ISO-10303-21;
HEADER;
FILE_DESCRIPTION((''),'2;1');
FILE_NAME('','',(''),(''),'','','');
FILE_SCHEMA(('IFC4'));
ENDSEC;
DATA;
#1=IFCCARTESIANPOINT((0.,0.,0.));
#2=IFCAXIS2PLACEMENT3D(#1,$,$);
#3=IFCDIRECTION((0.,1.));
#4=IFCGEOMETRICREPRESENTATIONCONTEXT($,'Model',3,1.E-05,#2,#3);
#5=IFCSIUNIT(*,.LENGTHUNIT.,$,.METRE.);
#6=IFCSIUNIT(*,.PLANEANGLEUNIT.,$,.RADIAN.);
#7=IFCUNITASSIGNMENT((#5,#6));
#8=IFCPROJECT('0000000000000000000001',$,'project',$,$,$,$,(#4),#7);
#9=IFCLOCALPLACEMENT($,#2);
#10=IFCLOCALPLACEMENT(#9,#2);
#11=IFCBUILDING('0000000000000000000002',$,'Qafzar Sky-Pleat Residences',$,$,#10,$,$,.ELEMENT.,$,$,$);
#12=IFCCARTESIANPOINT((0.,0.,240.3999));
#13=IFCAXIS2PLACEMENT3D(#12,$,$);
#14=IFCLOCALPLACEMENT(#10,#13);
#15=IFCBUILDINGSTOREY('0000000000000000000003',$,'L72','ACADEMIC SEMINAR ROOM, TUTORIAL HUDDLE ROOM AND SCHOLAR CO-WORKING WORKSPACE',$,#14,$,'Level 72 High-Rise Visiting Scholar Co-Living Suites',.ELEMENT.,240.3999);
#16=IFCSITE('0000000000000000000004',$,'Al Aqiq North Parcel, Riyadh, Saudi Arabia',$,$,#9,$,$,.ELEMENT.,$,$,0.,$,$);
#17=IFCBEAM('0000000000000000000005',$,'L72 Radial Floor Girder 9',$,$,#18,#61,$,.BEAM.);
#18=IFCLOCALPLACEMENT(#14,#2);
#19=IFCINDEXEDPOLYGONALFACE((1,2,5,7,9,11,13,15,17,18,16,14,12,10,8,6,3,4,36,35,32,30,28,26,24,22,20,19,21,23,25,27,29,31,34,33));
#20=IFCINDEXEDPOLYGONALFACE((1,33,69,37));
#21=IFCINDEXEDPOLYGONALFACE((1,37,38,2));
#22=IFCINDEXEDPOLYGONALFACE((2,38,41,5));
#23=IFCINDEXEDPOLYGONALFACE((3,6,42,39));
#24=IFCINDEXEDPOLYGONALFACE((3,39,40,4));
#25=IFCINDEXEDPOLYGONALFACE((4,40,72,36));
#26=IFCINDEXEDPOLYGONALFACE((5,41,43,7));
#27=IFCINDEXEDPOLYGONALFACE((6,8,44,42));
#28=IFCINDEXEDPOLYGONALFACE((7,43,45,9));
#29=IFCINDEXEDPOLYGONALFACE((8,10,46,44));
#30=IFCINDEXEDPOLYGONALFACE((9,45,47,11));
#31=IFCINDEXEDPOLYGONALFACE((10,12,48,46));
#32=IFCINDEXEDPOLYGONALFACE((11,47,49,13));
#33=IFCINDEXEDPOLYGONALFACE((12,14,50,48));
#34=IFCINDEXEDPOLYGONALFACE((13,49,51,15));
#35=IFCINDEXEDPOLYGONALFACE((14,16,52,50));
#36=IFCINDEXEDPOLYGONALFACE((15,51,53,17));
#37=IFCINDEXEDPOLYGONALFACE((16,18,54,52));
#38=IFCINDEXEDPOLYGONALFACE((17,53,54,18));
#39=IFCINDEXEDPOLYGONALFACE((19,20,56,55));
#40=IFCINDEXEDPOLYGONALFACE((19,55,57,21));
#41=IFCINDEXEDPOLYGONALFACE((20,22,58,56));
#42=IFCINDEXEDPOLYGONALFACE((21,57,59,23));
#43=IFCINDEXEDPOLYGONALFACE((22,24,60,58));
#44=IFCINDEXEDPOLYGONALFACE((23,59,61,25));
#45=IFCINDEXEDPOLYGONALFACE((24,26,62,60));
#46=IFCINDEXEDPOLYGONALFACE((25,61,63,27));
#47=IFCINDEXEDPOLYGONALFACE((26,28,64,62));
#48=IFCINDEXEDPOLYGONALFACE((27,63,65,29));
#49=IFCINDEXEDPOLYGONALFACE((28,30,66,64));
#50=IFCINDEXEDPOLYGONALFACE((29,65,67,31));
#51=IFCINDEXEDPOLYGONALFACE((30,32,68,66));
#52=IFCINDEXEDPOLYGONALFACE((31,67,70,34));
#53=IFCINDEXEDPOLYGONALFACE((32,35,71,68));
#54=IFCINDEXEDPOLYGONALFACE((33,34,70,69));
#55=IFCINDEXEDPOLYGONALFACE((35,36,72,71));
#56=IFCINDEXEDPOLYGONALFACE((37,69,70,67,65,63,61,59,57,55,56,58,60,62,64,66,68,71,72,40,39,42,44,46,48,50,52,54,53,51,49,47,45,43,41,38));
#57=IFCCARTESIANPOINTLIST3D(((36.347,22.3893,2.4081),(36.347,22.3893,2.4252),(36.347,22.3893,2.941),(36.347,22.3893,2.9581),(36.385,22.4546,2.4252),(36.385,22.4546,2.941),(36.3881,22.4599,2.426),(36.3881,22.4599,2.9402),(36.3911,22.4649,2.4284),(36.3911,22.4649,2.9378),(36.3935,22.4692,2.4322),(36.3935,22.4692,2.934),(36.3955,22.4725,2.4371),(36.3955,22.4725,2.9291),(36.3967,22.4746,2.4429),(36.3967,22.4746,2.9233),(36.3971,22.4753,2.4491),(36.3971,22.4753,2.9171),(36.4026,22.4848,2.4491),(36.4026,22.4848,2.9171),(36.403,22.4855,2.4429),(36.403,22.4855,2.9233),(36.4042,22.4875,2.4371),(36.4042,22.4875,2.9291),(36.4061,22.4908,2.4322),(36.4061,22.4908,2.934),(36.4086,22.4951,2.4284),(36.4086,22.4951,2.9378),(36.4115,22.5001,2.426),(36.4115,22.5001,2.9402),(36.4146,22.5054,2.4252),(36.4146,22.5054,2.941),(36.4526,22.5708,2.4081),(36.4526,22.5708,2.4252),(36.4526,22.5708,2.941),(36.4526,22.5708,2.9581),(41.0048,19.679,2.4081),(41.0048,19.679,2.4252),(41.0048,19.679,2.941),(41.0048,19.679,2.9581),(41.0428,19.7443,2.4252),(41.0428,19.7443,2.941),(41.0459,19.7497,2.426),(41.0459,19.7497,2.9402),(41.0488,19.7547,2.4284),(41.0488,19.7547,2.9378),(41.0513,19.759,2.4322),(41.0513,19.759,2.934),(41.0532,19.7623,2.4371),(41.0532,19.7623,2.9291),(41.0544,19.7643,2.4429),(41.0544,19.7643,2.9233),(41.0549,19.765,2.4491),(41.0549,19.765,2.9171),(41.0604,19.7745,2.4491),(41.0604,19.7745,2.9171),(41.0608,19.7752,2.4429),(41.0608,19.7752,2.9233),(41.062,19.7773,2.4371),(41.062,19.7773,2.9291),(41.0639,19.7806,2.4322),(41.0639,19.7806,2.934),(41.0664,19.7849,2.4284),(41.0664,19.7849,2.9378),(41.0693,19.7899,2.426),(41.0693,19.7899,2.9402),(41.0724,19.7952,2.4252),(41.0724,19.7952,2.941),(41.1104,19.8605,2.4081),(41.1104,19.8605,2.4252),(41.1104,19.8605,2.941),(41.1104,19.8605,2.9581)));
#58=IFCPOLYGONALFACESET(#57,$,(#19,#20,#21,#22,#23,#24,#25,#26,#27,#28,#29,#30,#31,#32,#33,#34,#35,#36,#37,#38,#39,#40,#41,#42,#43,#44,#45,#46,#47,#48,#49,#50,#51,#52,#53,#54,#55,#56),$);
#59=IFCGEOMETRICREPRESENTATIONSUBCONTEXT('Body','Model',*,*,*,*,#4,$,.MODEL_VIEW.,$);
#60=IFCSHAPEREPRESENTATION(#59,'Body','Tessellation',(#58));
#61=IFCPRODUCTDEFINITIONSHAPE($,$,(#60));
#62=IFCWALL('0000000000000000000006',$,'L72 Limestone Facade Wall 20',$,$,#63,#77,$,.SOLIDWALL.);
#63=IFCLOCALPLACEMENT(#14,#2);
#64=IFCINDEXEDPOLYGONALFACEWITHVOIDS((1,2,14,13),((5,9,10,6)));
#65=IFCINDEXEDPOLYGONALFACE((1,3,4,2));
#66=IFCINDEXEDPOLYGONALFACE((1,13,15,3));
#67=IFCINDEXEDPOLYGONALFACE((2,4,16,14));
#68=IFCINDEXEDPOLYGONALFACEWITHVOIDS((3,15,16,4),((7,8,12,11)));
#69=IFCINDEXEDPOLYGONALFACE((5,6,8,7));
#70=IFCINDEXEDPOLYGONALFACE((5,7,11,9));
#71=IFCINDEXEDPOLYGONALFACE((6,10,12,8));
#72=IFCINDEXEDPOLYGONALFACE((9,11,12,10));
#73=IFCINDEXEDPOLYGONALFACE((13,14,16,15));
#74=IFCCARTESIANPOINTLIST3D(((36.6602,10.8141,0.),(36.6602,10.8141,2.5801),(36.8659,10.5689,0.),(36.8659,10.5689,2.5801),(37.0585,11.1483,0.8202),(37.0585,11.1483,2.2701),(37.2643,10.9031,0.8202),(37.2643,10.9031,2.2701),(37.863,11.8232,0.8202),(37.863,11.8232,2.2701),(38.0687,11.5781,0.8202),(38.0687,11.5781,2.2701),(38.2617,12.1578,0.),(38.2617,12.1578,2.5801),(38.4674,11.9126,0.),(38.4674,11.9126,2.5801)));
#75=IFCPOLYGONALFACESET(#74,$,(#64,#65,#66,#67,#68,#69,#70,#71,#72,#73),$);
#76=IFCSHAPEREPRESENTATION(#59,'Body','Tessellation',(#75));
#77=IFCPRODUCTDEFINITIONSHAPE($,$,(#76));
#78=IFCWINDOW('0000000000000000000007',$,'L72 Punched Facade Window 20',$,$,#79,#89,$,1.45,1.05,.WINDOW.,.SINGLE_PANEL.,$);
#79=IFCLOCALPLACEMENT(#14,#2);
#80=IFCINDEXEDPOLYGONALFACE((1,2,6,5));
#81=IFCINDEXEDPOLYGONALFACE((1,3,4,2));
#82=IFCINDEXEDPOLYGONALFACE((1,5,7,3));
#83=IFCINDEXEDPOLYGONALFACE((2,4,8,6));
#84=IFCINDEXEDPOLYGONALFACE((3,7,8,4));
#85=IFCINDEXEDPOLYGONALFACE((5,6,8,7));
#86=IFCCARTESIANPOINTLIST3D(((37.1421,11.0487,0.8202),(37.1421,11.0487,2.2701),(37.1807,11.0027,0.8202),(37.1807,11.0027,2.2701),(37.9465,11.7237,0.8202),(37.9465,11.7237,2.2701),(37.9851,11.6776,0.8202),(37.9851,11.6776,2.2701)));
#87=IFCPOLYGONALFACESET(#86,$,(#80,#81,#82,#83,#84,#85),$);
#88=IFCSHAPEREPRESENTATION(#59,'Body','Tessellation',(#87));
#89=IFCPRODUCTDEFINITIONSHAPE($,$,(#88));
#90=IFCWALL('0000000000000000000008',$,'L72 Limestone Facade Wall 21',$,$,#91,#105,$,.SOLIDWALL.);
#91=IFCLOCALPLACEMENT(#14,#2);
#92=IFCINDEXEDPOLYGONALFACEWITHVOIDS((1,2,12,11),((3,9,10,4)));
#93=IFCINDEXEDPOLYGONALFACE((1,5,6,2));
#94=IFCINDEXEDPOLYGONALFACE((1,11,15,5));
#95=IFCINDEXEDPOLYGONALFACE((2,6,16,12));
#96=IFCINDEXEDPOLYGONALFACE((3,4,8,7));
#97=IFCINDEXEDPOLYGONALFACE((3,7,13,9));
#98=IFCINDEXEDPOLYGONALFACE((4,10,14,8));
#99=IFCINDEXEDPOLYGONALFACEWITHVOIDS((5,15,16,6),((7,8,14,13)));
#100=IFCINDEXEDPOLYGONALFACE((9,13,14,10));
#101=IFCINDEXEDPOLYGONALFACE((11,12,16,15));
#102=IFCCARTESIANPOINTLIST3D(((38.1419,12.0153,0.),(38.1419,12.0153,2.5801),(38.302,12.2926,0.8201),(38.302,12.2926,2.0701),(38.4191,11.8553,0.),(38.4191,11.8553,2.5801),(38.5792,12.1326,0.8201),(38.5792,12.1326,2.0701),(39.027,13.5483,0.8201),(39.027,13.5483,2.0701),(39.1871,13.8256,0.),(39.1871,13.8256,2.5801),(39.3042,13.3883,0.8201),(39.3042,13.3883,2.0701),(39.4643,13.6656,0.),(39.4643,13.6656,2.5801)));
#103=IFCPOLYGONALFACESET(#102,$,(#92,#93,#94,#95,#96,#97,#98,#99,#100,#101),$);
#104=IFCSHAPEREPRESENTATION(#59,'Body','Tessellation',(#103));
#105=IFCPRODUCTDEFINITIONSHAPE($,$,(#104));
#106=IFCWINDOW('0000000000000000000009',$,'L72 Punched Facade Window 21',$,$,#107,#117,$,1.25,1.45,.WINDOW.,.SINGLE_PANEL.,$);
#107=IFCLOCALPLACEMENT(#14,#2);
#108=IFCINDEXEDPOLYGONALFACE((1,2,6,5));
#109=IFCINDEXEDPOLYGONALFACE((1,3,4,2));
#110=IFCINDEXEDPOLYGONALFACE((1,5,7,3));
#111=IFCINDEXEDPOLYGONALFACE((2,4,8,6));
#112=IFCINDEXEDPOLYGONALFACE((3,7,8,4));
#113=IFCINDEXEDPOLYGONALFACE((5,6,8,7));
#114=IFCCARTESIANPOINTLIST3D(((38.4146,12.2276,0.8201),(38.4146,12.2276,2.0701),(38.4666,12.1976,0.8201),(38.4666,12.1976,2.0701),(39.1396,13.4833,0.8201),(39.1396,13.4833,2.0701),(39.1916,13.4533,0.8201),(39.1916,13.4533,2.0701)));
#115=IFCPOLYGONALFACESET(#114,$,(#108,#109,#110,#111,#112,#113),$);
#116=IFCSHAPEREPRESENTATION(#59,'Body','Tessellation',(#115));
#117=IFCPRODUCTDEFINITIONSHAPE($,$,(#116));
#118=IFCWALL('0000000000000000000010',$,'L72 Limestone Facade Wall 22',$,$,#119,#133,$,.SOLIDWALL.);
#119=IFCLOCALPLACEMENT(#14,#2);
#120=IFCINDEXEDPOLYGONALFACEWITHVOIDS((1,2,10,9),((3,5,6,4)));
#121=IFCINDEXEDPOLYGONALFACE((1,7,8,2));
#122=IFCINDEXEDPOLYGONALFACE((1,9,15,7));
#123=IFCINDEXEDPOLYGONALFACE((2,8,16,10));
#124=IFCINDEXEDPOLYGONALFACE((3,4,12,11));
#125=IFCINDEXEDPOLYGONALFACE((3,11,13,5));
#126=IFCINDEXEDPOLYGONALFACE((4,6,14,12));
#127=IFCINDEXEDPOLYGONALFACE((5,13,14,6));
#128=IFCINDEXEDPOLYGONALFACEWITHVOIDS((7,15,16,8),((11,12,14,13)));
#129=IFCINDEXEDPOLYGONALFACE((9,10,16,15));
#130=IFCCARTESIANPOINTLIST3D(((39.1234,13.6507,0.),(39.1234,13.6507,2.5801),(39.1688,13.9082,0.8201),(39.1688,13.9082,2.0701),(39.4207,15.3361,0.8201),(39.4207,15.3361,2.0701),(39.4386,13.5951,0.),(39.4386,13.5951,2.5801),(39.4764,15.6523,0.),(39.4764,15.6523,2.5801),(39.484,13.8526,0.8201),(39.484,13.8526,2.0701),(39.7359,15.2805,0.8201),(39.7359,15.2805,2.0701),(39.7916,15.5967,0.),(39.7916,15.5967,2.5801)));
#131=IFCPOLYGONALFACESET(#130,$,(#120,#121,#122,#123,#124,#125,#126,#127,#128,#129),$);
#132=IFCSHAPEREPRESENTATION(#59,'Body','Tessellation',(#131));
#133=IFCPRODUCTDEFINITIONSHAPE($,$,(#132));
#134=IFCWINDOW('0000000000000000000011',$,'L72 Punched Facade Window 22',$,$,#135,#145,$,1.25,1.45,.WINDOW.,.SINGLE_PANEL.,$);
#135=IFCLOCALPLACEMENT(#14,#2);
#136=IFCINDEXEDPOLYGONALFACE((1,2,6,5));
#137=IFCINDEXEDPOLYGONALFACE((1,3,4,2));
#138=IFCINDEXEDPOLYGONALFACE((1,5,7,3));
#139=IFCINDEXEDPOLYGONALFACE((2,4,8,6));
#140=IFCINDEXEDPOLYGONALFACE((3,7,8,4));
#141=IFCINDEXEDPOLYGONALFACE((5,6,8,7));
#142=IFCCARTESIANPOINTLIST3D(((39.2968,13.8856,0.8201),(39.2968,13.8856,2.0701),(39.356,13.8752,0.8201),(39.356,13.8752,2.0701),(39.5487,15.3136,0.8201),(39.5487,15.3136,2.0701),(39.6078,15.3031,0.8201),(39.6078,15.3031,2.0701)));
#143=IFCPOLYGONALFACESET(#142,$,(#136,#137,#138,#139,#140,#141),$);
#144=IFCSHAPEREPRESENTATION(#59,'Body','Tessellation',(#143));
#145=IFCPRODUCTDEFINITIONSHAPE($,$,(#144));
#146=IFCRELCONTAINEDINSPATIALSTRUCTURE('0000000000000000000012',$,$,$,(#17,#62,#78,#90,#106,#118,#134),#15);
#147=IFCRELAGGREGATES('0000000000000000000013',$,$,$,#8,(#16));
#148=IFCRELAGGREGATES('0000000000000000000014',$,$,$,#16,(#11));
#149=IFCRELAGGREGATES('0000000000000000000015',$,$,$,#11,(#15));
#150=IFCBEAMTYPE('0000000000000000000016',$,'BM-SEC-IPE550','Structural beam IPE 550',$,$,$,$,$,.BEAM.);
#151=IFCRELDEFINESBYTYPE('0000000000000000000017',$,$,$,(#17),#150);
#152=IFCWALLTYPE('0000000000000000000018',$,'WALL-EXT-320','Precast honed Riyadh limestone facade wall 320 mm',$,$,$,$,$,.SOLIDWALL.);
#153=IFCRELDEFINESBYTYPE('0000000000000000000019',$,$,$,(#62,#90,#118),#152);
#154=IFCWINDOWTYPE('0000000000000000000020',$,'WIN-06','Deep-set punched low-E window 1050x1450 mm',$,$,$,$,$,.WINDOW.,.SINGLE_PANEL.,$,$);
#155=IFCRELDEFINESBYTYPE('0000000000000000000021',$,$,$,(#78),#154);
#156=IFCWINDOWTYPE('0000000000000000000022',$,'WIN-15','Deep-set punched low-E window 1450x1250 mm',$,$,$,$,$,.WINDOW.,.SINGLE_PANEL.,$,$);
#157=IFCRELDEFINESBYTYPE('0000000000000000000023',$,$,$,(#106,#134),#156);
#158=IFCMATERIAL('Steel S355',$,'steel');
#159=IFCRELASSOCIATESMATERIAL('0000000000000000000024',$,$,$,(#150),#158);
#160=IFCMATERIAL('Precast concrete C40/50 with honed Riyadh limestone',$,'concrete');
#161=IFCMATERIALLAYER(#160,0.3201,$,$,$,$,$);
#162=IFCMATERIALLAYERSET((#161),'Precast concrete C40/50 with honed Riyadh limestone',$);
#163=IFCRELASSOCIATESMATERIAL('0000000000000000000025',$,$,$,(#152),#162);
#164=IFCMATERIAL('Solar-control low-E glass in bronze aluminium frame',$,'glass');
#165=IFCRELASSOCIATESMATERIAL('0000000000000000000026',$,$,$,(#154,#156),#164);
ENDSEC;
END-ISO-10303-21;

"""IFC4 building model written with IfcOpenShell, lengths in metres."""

from ifc_helpers import new_model, si_unit, direction, frame, frame_2d, origin, origin_2d, place, context, subcontext, project, spatial, rectangle, i_section, extrude, source, transform, mapped, material, layer, layer_set, material_profile, profile_set, type_object, element, fill, save


model = new_model("IFC4")

# Units and contexts
model_context = context("Model", 3, precision=1e-05, world=origin(), true_north=direction((0.0, 1.0)))
body_context = subcontext(model_context, "Body", "Model", "MODEL_VIEW")
ifc_project = project(units=[si_unit("LENGTHUNIT", "METRE"), si_unit("PLANEANGLEUNIT", "RADIAN")], contexts=[model_context])

# Site, building, storey
site_placement = place(None, origin())
site = spatial("IfcSite", under=ifc_project, at=site_placement, Name="Al Aqiq North Parcel, Riyadh, Saudi Arabia", CompositionType="ELEMENT", RefElevation=0.0)
building_placement = place(site_placement, origin())
building = spatial("IfcBuilding", under=site, at=building_placement, Name="Qafzar Sky-Pleat Residences", CompositionType="ELEMENT")
storey_placement = place(building_placement, frame((0.0, 0.0, 240.3999)))
storey = spatial("IfcBuildingStorey", under=building, at=storey_placement, Name="L72", Description="ACADEMIC SEMINAR ROOM, TUTORIAL HUDDLE ROOM AND SCHOLAR CO-WORKING WORKSPACE", LongName="Level 72 High-Rise Visiting Scholar Co-Living Suites", CompositionType="ELEMENT", Elevation=240.3999)

# Shared definitions
ifc_material_1 = material(Name="Steel S355", Category="steel")

# Beam
ifc_material_profile_1 = material_profile(ifc_material_1, i_section(OverallWidth=0.21, OverallDepth=0.55, WebThickness=0.011, FlangeThickness=0.0171, FilletRadius=0.0239, at=origin_2d()), Name="IPE 550")
ifc_profile_set_1 = profile_set([ifc_material_profile_1], Name="Steel S355")
beam_type_1 = type_object("IfcBeamType", Name="BM-SEC-IPE550", Description="Structural beam IPE 550", PredefinedType="BEAM", material=ifc_profile_set_1)
shared_shape_1 = source(origin(), body_context, "Body", "SweptSolid", [
    extrude(i_section(OverallWidth=0.21, OverallDepth=0.55, WebThickness=0.011, FlangeThickness=0.0171, FilletRadius=0.0239, at=origin_2d()), origin(), (0.0, 0.0, 1.0), 5.3889),
])
beam_1_placement = place(storey_placement, frame((41.0576, 19.7698, 2.6831), z_axis=(-0.864327, 0.50293, 0.0), x_axis=(-0.50293, -0.864327, 0.0)))
element("IfcBeam", 1, at=beam_1_placement, inside=storey, type_object=beam_type_1, Name="L72 Radial Floor Girder 9", PredefinedType="BEAM", context=body_context, shape_type="MappedRepresentation", body=[
    mapped(shared_shape_1, transform((0.0, 0.0, 0.0), x_axis=(1.0, 0.0, 0.0), y_axis=(0.0, 1.0, 0.0), z_axis=(0.0, 0.0, 1.0), scale=1.0)),
])

# Walls, openings, windows
ifc_material_2 = material(Name="Precast concrete C40/50 with honed Riyadh limestone", Category="concrete")
ifc_layer_1 = layer(ifc_material_2, 0.3201)
ifc_layer_set_1 = layer_set([ifc_layer_1], Name="Precast concrete C40/50 with honed Riyadh limestone")
wall_type = type_object("IfcWallType", Name="WALL-EXT-320", Description="Precast honed Riyadh limestone facade wall 320 mm", PredefinedType="SOLIDWALL", material=ifc_layer_set_1)
wall_1_placement = place(storey_placement, frame((36.7629, 10.6914, 0.0), z_axis=(0.0, 0.0, 1.0), x_axis=(0.766073, 0.642754, 0.0)))
wall_1 = element("IfcWall", 2, at=wall_1_placement, inside=storey, type_object=wall_type, Name="L72 Limestone Facade Wall 20", PredefinedType="SOLIDWALL", context=body_context, shape_type="SweptSolid", body=[
    extrude(rectangle(XDim=2.0906, YDim=0.3201, at=frame_2d((1.0454, 0.0))), origin(), (0.0, 0.0, 1.0), 2.5801),
])
opening_1_placement = place(wall_1_placement, frame((0.5203, 0.0, 0.8201)))
opening_1 = element("IfcOpeningElement", 3, at=opening_1_placement, cuts=wall_1, PredefinedType="OPENING", context=body_context, shape_type="SweptSolid", body=[
    extrude(rectangle(XDim=1.05, YDim=1.45, at=frame_2d((0.5249, 0.7251))), frame((0.0, 0.1699, 0.0), z_axis=(0.0, -1.0, 0.0), x_axis=(1.0, 0.0, 0.0)), (0.0, 0.0, 1.0), 0.3401),
])
ifc_material_3 = material(Name="Solar-control low-E glass in bronze aluminium frame", Category="glass")
window_type_1 = type_object("IfcWindowType", Name="WIN-06", Description="Deep-set punched low-E window 1050x1450 mm", PartitioningType="SINGLE_PANEL", PredefinedType="WINDOW", material=ifc_material_3)
shared_shape_2 = source(origin(), body_context, "Body", "SweptSolid", [
    extrude(rectangle(XDim=1.05, YDim=1.45, at=frame_2d((0.5249, 0.7251))), frame((0.0, 0.03, 0.0), z_axis=(0.0, -1.0, 0.0), x_axis=(1.0, 0.0, 0.0)), (0.0, 0.0, 1.0), 0.0601),
])
window_1_placement = place(opening_1_placement, origin())
window_1 = element("IfcWindow", 4, at=window_1_placement, inside=storey, type_object=window_type_1, Name="L72 Punched Facade Window 20", OverallHeight=1.45, OverallWidth=1.05, PartitioningType="SINGLE_PANEL", PredefinedType="WINDOW", context=body_context, shape_type="MappedRepresentation", body=[
    mapped(shared_shape_2, transform((0.0, 0.0, 0.0), x_axis=(1.0, 0.0, 0.0), y_axis=(0.0, 1.0, 0.0), z_axis=(0.0, 0.0, 1.0), scale=1.0)),
])
fill(opening_1, window_1)
wall_2_placement = place(storey_placement, frame((38.2805, 11.9353, 0.0), z_axis=(0.0, 0.0, 1.0), x_axis=(0.499995, 0.866028, 0.0)))
wall_2 = element("IfcWall", 5, at=wall_2_placement, inside=storey, type_object=wall_type, Name="L72 Limestone Facade Wall 21", PredefinedType="SOLIDWALL", context=body_context, shape_type="SweptSolid", body=[
    extrude(rectangle(XDim=2.0903, YDim=0.3201, at=frame_2d((1.0452, 0.0))), origin(), (0.0, 0.0, 1.0), 2.5801),
])
opening_2_placement = place(wall_2_placement, frame((0.3201, 0.0, 0.8201)))
opening_2 = element("IfcOpeningElement", 6, at=opening_2_placement, cuts=wall_2, PredefinedType="OPENING", context=body_context, shape_type="SweptSolid", body=[
    extrude(rectangle(XDim=1.45, YDim=1.25, at=frame_2d((0.7251, 0.625))), frame((0.0, 0.1699, 0.0), z_axis=(0.0, -1.0, 0.0), x_axis=(1.0, 0.0, 0.0)), (0.0, 0.0, 1.0), 0.3401),
])
window_type_2 = type_object("IfcWindowType", Name="WIN-15", Description="Deep-set punched low-E window 1450x1250 mm", PartitioningType="SINGLE_PANEL", PredefinedType="WINDOW", material=ifc_material_3)
shared_shape_3 = source(origin(), body_context, "Body", "SweptSolid", [
    extrude(rectangle(XDim=1.45, YDim=1.25, at=frame_2d((0.7251, 0.625))), frame((0.0, 0.03, 0.0), z_axis=(0.0, -1.0, 0.0), x_axis=(1.0, 0.0, 0.0)), (0.0, 0.0, 1.0), 0.0601),
])
window_2_placement = place(opening_2_placement, origin())
window_2 = element("IfcWindow", 7, at=window_2_placement, inside=storey, type_object=window_type_2, Name="L72 Punched Facade Window 21", OverallHeight=1.25, OverallWidth=1.45, PartitioningType="SINGLE_PANEL", PredefinedType="WINDOW", context=body_context, shape_type="MappedRepresentation", body=[
    mapped(shared_shape_3, transform((0.0, 0.0, 0.0), x_axis=(1.0, 0.0, 0.0), y_axis=(0.0, 1.0, 0.0), z_axis=(0.0, 0.0, 1.0), scale=1.0)),
])
fill(opening_2, window_2)
wall_3_placement = place(storey_placement, frame((39.281, 13.623, 0.0), z_axis=(0.0, 0.0, 1.0), x_axis=(0.173703, 0.984798, 0.0)))
wall_3 = element("IfcWall", 8, at=wall_3_placement, inside=storey, type_object=wall_type, Name="L72 Limestone Facade Wall 22", PredefinedType="SOLIDWALL", context=body_context, shape_type="SweptSolid", body=[
    extrude(rectangle(XDim=2.0325, YDim=0.3201, at=frame_2d((1.0161, 0.0))), origin(), (0.0, 0.0, 1.0), 2.5801),
])
opening_3_placement = place(wall_3_placement, frame((0.2612, 0.0, 0.8201)))
opening_3 = element("IfcOpeningElement", 9, at=opening_3_placement, cuts=wall_3, PredefinedType="OPENING", context=body_context, shape_type="SweptSolid", body=[
    extrude(rectangle(XDim=1.45, YDim=1.25, at=frame_2d((0.7251, 0.625))), frame((0.0, 0.1699, 0.0), z_axis=(0.0, -1.0, 0.0), x_axis=(1.0, 0.0, 0.0)), (0.0, 0.0, 1.0), 0.3401),
])
window_3_placement = place(opening_3_placement, origin())
window_3 = element("IfcWindow", 10, at=window_3_placement, inside=storey, type_object=window_type_2, Name="L72 Punched Facade Window 22", OverallHeight=1.25, OverallWidth=1.45, PartitioningType="SINGLE_PANEL", PredefinedType="WINDOW", context=body_context, shape_type="MappedRepresentation", body=[
    mapped(shared_shape_3, transform((0.0, 0.0, 0.0), x_axis=(1.0, 0.0, 0.0), y_axis=(0.0, 1.0, 0.0), z_axis=(0.0, 0.0, 1.0), scale=1.0)),
])
fill(opening_3, window_3)

save(model, "model.ifc")
